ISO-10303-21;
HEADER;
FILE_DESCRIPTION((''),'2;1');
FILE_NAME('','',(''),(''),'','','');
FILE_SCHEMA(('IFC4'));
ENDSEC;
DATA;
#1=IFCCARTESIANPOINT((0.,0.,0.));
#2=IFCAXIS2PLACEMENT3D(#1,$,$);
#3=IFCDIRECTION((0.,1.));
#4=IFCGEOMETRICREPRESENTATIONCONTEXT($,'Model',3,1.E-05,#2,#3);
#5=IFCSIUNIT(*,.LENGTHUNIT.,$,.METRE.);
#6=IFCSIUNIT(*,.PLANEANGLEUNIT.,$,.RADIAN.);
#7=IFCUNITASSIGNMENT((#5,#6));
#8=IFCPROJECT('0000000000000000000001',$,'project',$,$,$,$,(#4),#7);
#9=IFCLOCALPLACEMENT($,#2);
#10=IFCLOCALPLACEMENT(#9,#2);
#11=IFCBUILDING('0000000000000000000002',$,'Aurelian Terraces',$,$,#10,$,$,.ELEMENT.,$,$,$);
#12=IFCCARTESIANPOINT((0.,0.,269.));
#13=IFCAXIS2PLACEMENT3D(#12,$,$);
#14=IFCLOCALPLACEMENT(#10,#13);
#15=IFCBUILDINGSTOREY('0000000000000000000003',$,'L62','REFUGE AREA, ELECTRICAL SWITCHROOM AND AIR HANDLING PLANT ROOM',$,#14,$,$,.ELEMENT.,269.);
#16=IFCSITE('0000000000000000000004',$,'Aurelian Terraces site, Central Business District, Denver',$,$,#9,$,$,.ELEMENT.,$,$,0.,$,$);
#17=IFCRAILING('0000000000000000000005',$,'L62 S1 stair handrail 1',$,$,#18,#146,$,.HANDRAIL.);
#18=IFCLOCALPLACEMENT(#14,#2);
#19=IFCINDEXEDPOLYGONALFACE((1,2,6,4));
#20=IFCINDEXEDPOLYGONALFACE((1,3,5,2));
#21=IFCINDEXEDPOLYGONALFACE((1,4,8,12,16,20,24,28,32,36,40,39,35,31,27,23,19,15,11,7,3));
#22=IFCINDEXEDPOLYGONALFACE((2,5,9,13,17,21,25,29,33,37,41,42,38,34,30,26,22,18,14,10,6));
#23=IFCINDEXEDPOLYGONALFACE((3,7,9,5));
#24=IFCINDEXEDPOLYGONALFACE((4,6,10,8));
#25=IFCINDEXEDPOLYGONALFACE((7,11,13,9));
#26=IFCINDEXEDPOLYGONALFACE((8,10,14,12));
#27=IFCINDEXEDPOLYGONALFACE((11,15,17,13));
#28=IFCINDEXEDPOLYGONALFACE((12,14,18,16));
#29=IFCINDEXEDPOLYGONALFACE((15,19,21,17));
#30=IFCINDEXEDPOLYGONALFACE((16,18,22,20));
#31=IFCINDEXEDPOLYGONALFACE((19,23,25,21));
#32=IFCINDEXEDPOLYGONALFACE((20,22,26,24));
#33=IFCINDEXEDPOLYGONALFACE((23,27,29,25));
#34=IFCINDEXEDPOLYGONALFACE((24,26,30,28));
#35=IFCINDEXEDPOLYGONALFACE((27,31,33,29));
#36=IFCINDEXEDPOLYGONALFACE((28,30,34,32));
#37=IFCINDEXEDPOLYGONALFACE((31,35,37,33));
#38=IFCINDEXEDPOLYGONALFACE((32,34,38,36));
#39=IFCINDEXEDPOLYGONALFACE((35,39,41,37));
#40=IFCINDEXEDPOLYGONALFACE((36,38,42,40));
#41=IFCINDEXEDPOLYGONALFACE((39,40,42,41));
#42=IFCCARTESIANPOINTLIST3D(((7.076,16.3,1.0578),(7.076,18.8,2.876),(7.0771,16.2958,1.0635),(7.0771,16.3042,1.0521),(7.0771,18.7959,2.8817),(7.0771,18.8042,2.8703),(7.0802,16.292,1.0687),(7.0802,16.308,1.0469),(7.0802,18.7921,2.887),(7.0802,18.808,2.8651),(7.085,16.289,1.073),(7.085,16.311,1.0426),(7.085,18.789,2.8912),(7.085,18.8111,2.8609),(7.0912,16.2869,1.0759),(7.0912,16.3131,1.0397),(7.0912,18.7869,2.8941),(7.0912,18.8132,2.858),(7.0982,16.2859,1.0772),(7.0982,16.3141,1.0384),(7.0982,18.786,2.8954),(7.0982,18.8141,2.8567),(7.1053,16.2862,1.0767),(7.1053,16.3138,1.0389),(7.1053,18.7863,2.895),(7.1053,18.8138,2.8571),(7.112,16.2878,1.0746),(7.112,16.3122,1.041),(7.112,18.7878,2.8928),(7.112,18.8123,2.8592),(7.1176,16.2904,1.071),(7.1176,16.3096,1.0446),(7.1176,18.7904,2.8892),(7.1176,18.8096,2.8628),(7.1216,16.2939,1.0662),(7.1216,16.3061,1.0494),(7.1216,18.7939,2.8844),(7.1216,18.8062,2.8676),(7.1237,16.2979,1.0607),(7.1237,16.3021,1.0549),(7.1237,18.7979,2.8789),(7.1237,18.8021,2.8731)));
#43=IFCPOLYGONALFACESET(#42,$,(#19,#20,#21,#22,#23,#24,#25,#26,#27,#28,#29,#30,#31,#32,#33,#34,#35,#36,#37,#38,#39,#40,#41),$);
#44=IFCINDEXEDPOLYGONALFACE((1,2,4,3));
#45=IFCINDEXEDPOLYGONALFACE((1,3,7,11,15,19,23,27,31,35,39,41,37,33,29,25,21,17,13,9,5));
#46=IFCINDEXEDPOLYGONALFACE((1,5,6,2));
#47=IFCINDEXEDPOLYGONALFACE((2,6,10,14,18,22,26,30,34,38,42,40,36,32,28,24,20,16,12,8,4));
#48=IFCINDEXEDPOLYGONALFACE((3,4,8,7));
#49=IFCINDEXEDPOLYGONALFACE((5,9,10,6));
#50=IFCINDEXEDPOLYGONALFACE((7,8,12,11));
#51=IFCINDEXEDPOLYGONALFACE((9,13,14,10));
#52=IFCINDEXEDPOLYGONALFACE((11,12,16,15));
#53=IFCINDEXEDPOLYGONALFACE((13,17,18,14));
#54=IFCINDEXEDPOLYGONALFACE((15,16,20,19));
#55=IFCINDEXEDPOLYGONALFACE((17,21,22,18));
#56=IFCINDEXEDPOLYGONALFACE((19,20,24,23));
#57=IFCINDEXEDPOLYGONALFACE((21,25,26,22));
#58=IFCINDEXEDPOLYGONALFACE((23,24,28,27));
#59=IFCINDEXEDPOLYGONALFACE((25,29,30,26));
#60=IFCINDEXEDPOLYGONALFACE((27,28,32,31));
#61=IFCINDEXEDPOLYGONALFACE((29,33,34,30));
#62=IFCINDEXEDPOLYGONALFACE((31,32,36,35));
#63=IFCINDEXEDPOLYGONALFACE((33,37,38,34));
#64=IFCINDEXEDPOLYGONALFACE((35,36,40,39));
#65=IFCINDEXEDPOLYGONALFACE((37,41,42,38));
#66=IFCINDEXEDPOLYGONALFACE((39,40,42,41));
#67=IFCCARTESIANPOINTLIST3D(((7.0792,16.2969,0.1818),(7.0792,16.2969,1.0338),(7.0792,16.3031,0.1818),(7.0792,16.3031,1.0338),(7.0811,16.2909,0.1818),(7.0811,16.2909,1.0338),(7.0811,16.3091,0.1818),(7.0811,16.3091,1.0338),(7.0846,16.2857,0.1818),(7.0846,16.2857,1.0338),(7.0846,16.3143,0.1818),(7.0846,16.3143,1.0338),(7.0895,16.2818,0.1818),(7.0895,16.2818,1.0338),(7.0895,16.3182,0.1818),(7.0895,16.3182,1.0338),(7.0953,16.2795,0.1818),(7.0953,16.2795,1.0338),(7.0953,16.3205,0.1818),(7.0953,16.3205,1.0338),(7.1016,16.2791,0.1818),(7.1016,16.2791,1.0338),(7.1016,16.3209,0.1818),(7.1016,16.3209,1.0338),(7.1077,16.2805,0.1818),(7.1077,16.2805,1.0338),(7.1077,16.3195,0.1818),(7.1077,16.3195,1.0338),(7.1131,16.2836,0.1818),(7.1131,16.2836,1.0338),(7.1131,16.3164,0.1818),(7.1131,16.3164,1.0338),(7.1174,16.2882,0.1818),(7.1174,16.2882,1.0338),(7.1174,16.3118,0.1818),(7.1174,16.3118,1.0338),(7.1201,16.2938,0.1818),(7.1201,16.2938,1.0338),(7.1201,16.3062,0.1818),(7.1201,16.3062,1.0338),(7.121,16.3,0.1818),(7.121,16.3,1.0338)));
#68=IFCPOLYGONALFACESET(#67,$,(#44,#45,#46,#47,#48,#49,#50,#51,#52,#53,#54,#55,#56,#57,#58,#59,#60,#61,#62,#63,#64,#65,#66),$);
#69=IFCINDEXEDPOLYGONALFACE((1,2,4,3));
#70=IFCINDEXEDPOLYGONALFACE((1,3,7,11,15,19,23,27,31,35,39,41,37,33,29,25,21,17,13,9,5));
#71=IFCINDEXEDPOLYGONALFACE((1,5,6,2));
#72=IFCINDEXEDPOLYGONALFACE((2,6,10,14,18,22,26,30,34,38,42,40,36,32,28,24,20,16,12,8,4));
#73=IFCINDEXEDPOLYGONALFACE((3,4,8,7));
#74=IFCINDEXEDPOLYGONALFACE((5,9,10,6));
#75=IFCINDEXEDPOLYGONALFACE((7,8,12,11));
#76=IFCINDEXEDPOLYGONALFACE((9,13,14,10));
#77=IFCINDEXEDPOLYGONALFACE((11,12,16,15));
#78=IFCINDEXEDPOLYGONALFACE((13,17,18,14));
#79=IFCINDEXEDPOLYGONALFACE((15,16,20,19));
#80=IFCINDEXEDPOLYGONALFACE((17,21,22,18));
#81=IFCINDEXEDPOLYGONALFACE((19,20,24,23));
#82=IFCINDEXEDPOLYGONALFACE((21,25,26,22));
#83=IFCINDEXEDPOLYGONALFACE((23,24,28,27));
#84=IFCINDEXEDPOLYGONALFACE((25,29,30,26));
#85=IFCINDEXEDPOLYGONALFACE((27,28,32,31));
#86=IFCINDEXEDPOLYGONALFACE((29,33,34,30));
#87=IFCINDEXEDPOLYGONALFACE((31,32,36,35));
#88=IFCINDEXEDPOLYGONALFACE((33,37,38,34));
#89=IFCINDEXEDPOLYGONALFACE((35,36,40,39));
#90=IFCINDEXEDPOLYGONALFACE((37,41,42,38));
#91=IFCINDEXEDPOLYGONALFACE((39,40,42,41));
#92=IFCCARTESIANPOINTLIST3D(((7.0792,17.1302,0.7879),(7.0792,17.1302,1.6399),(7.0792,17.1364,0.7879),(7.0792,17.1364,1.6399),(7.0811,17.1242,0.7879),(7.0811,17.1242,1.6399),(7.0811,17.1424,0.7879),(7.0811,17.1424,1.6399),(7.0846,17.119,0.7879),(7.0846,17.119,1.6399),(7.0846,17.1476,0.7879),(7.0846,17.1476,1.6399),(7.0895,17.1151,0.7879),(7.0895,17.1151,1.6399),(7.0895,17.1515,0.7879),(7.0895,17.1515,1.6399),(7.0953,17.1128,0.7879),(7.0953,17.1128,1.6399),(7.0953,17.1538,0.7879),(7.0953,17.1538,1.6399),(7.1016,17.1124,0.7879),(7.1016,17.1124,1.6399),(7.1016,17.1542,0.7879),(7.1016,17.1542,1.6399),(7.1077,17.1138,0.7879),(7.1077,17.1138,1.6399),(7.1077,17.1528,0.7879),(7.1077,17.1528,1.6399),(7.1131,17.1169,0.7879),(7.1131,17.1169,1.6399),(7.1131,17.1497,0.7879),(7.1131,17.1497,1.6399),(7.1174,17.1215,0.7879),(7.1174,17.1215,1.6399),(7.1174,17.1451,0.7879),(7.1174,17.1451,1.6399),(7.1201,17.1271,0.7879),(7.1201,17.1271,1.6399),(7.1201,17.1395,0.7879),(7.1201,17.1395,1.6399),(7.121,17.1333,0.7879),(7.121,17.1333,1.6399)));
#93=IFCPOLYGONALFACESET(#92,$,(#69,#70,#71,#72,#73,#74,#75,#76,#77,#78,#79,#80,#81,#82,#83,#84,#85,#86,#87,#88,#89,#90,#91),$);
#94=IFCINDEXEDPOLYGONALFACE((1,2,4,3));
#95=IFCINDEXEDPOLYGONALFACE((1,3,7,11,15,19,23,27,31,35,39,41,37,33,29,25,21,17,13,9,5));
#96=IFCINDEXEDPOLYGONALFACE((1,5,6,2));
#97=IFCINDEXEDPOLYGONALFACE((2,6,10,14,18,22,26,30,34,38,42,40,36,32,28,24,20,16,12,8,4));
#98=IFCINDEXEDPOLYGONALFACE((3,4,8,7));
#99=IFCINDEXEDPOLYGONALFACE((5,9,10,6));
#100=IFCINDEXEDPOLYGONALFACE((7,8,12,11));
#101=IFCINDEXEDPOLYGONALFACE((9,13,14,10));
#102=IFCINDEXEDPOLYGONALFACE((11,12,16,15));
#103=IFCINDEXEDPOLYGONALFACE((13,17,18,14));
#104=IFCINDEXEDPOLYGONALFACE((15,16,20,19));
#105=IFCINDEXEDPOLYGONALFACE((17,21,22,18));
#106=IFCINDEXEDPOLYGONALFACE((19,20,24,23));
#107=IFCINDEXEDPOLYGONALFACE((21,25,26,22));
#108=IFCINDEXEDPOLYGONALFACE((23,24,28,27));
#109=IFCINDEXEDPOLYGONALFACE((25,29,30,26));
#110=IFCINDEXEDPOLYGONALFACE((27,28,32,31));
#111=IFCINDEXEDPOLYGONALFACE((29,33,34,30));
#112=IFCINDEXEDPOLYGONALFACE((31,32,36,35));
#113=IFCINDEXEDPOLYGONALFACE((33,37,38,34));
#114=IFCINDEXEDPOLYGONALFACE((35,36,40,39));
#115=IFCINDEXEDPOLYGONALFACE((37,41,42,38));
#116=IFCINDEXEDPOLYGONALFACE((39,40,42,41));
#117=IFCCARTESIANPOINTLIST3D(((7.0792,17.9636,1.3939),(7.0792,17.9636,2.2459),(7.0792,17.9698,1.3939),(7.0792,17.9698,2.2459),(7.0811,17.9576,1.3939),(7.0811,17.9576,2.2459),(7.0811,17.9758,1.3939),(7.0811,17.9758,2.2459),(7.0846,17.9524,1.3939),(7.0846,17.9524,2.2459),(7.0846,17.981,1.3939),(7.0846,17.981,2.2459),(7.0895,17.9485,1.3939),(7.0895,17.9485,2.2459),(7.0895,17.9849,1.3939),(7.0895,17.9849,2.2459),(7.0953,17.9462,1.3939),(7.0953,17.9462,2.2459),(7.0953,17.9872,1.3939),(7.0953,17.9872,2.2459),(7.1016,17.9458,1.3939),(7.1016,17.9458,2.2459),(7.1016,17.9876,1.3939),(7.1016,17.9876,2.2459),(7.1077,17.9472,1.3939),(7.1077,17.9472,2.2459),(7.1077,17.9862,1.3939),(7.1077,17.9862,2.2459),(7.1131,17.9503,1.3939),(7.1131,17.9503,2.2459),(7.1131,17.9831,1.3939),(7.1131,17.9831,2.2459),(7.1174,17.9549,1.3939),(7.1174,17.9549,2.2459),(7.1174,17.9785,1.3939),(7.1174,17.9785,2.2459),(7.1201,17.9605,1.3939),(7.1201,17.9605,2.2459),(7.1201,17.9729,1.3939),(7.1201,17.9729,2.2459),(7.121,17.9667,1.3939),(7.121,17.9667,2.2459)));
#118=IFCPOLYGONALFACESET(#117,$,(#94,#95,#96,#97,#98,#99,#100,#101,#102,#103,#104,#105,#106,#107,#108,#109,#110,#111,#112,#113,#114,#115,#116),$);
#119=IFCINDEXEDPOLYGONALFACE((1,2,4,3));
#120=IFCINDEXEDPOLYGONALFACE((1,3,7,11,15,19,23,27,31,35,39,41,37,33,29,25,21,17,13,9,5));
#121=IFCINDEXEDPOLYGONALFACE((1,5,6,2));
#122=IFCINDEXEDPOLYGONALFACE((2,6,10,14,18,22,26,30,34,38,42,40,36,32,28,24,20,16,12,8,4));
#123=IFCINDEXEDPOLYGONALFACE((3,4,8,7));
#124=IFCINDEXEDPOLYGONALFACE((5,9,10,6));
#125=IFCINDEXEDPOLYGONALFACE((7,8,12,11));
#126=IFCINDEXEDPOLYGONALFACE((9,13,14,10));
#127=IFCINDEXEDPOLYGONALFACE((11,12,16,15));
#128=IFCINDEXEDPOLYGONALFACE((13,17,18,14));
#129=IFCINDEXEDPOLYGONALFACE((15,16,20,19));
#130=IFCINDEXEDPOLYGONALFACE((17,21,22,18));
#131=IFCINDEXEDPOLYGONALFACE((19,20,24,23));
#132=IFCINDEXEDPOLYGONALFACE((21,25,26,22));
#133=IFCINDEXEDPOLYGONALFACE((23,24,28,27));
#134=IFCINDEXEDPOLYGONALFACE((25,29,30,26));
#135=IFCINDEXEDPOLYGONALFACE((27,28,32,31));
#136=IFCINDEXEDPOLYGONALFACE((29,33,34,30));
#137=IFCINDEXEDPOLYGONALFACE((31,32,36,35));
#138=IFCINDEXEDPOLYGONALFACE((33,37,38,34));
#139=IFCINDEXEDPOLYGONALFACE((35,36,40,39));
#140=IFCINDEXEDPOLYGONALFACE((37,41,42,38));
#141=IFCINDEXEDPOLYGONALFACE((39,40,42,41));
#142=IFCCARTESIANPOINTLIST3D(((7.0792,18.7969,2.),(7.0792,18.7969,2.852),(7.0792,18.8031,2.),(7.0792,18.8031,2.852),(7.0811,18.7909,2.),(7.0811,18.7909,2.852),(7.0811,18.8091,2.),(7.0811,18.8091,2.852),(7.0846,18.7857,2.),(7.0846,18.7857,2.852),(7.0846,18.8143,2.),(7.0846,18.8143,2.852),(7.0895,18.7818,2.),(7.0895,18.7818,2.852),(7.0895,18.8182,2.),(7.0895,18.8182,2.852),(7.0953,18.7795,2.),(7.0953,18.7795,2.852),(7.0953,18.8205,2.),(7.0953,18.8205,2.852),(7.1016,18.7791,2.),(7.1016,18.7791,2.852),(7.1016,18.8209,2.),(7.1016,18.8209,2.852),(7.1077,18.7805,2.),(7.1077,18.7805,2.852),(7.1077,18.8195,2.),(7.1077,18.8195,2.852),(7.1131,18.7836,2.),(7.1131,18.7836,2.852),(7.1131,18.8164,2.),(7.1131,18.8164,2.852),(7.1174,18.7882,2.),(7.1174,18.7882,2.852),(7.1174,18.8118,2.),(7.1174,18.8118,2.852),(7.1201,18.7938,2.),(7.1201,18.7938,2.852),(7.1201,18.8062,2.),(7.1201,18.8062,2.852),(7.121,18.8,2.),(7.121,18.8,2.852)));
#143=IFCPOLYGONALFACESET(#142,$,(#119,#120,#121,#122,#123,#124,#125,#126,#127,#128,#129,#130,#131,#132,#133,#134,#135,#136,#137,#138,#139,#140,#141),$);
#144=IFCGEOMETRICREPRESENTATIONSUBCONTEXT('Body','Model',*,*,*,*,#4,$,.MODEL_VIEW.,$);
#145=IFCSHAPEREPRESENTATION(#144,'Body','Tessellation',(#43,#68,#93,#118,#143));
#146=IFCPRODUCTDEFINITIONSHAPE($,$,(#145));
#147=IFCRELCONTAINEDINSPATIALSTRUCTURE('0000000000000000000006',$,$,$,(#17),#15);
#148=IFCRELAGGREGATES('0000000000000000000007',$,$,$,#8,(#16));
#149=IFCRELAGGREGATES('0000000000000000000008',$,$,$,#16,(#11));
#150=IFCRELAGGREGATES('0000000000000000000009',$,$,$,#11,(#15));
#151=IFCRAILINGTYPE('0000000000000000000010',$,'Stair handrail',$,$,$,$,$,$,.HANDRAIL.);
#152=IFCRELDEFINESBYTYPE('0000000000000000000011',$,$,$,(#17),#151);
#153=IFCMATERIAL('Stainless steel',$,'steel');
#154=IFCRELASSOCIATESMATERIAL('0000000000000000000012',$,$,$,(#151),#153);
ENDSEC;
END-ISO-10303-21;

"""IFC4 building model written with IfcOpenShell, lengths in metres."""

from ifc_helpers import new_model, si_unit, direction, frame, origin, origin_2d, place, context, subcontext, project, spatial, circle, extrude, source, transform, mapped, material, type_object, element, save


model = new_model("IFC4")

# Units and contexts
model_context = context("Model", 3, precision=1e-05, world=origin(), true_north=direction((0.0, 1.0)))
body_context = subcontext(model_context, "Body", "Model", "MODEL_VIEW")
ifc_project = project(units=[si_unit("LENGTHUNIT", "METRE"), si_unit("PLANEANGLEUNIT", "RADIAN")], contexts=[model_context])

# Site, building, storey
site_placement = place(None, origin())
site = spatial("IfcSite", under=ifc_project, at=site_placement, Name="Aurelian Terraces site, Central Business District, Denver", CompositionType="ELEMENT", RefElevation=0.0)
building_placement = place(site_placement, origin())
building = spatial("IfcBuilding", under=site, at=building_placement, Name="Aurelian Terraces", CompositionType="ELEMENT")
storey_placement = place(building_placement, frame((0.0, 0.0, 269.0)))
storey = spatial("IfcBuildingStorey", under=building, at=storey_placement, Name="L62", Description="REFUGE AREA, ELECTRICAL SWITCHROOM AND AIR HANDLING PLANT ROOM", CompositionType="ELEMENT", Elevation=269.0)

# Railing
ifc_material_1 = material(Name="Stainless steel", Category="steel")
railing_type_1 = type_object("IfcRailingType", Name="Stair handrail", PredefinedType="HANDRAIL", material=ifc_material_1)
shared_shape_1 = source(origin(), body_context, "Body", "SweptSolid", [
    extrude(circle(Radius=0.024, at=origin_2d()), frame((0.0, 0.0, 0.876), z_axis=(0.0, 0.808733, 0.588176), x_axis=(-1.0, 0.0, 0.0)), (0.0, 0.0, 1.0), 3.0913),
    extrude(circle(Radius=0.021, at=origin_2d()), origin(), (0.0, 0.0, 1.0), 0.852),
    extrude(circle(Radius=0.021, at=origin_2d()), frame((0.0, 0.8333, 0.6061)), (0.0, 0.0, 1.0), 0.852),
    extrude(circle(Radius=0.021, at=origin_2d()), frame((0.0, 1.6667, 1.2121)), (0.0, 0.0, 1.0), 0.852),
    extrude(circle(Radius=0.021, at=origin_2d()), frame((0.0, 2.5, 1.8182)), (0.0, 0.0, 1.0), 0.852),
])
for number, where, name in (
    (1, (7.1, 16.3, 0.1818), "L62 S1 stair handrail 1"),
):
    element("IfcRailing", number, at=place(storey_placement, frame(where)), inside=storey, type_object=railing_type_1, Name=name, PredefinedType="HANDRAIL", context=body_context, shape_type="MappedRepresentation", body=[
        mapped(shared_shape_1, transform((0.0, 0.0, 0.0), scale=1.0)),
    ])

save(model, "model.ifc")
